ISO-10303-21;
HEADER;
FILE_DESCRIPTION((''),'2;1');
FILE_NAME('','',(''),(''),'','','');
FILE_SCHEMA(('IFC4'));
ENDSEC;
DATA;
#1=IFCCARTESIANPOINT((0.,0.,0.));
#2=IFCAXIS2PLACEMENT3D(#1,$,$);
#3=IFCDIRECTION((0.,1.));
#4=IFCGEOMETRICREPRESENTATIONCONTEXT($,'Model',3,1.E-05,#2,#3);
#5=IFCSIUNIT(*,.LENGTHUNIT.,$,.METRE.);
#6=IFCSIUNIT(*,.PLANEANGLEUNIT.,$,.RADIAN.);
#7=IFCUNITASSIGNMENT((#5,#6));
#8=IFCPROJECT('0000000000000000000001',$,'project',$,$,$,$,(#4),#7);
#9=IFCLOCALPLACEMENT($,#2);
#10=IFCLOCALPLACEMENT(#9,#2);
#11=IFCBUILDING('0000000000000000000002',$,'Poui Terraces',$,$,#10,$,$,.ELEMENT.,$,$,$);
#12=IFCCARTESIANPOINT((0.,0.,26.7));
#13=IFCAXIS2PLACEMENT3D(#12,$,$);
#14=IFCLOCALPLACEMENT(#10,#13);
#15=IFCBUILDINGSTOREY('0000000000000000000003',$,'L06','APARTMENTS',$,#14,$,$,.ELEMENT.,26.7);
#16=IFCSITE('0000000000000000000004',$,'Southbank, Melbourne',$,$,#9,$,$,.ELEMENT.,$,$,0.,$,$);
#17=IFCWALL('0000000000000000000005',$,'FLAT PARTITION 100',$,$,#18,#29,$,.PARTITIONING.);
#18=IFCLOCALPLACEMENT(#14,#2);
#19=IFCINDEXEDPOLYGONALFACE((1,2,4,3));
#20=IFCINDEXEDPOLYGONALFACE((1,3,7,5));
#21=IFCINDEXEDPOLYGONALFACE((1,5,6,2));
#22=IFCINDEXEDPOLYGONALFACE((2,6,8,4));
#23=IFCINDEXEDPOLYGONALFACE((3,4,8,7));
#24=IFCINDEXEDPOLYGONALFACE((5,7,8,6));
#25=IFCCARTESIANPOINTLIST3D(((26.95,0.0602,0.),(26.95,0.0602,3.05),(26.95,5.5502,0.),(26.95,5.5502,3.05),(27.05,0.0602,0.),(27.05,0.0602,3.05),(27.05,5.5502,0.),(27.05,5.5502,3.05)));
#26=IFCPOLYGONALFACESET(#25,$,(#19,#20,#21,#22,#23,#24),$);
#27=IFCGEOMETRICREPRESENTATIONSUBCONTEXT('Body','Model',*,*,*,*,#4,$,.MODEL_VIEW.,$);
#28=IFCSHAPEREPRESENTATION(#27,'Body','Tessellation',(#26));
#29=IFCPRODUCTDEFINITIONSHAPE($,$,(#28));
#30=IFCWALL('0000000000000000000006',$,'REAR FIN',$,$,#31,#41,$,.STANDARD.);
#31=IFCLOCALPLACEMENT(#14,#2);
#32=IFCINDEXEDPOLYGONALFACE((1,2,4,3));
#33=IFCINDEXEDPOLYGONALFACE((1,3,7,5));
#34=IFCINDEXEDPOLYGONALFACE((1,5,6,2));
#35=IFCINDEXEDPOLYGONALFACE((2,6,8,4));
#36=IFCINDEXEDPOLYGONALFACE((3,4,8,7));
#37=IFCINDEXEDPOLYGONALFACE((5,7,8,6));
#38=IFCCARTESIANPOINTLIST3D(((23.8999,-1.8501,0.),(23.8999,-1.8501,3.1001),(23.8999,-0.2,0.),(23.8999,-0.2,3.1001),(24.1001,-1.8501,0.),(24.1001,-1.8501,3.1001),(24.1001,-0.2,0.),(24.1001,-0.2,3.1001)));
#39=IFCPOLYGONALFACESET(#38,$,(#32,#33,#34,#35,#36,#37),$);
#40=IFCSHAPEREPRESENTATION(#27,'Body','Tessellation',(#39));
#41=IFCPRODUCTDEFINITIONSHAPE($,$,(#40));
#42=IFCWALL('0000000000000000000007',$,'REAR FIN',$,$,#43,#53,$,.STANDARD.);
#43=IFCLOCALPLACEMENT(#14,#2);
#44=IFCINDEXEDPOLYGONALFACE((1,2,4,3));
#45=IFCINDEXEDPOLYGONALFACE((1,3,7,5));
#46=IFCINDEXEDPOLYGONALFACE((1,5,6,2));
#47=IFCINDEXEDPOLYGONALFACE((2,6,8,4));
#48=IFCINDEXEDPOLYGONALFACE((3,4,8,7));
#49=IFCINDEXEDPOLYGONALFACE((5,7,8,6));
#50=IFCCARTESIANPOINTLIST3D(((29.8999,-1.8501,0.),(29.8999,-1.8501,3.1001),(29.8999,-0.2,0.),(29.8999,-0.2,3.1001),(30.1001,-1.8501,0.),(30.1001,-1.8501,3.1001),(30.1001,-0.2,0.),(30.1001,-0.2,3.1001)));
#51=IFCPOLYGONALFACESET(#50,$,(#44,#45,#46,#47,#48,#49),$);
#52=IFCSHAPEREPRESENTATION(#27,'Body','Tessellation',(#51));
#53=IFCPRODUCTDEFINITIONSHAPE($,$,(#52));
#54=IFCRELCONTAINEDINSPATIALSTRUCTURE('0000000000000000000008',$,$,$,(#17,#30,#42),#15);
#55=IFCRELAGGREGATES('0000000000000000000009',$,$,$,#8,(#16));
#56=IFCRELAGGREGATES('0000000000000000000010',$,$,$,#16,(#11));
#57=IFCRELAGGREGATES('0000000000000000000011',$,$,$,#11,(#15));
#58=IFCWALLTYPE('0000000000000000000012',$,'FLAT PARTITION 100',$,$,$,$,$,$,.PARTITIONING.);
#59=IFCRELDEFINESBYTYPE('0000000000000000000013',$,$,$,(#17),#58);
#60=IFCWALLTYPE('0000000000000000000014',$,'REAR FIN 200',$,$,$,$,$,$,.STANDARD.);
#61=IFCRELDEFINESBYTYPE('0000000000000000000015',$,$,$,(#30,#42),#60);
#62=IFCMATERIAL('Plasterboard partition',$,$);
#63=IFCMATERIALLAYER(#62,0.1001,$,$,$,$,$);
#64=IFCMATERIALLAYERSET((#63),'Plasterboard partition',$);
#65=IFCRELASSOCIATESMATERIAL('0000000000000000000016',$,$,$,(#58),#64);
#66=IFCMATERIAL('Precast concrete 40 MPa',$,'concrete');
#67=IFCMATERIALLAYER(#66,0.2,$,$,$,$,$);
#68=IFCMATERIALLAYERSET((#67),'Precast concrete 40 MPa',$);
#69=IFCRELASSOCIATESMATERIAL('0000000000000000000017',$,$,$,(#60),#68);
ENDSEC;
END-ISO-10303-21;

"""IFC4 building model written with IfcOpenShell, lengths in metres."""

from ifc_helpers import new_model, si_unit, direction, frame, frame_2d, origin, place, context, subcontext, project, spatial, polyline, rectangle, outline, extrude, source, transform, mapped, material, layer, layer_set, type_object, element, save


model = new_model("IFC4")

# Units and contexts
model_context = context("Model", 3, precision=1e-05, world=origin(), true_north=direction((0.0, 1.0)))
body_context = subcontext(model_context, "Body", "Model", "MODEL_VIEW")
ifc_project = project(units=[si_unit("LENGTHUNIT", "METRE"), si_unit("PLANEANGLEUNIT", "RADIAN")], contexts=[model_context])

# Site, building, storey
site_placement = place(None, origin())
site = spatial("IfcSite", under=ifc_project, at=site_placement, Name="Southbank, Melbourne", CompositionType="ELEMENT", RefElevation=0.0)
building_placement = place(site_placement, origin())
building = spatial("IfcBuilding", under=site, at=building_placement, Name="Poui Terraces", CompositionType="ELEMENT")
storey_placement = place(building_placement, frame((0.0, 0.0, 26.7)))
storey = spatial("IfcBuildingStorey", under=building, at=storey_placement, Name="L06", Description="APARTMENTS", CompositionType="ELEMENT", Elevation=26.7)

# Shared definitions
ifc_material_1 = material(Name="Precast concrete 40 MPa", Category="concrete")

# Shared definitions
ifc_material_2 = material(Name="Plasterboard partition")
ifc_layer_1 = layer(ifc_material_2, 0.1001)
ifc_layer_set_1 = layer_set([ifc_layer_1], Name="Plasterboard partition")
wall_type_1 = type_object("IfcWallType", Name="FLAT PARTITION 100", PredefinedType="PARTITIONING", material=ifc_layer_set_1)

# Walls
wall_1_placement = place(storey_placement, frame((27.0, 0.0601, 0.0), z_axis=(0.0, 0.0, 1.0), x_axis=(0.0, 1.0, 0.0)))
element("IfcWall", 1, at=wall_1_placement, inside=storey, type_object=wall_type_1, Name="FLAT PARTITION 100", PredefinedType="PARTITIONING", context=body_context, shape_type="SweptSolid", body=[
    extrude(rectangle(XDim=5.49, YDim=0.1001, at=frame_2d((2.7451, 0.0))), origin(), (0.0, 0.0, 1.0), 3.05),
])
ifc_layer_2 = layer(ifc_material_1, 0.2)
ifc_layer_set_2 = layer_set([ifc_layer_2], Name="Precast concrete 40 MPa")
wall_type_2 = type_object("IfcWallType", Name="REAR FIN 200", PredefinedType="STANDARD", material=ifc_layer_set_2)
shared_shape_1 = source(origin(), body_context, "Body", "SweptSolid", [
    extrude(outline(polyline([(0.0, 0.0), (0.2002, 0.0), (0.2002, 1.6501), (0.0, 1.6501), (0.0, 0.0)])), origin(), (0.0, 0.0, 1.0), 3.1001),
])
for number, where, name in (
    (2, (23.8999, -1.8501, 0.0), "REAR FIN"),
    (3, (29.8999, -1.8501, 0.0), "REAR FIN"),
):
    element("IfcWall", number, at=place(storey_placement, frame(where)), inside=storey, type_object=wall_type_2, Name=name, PredefinedType="STANDARD", context=body_context, shape_type="MappedRepresentation", body=[
        mapped(shared_shape_1, transform((0.0, 0.0, 0.0))),
    ])

save(model, "model.ifc")
